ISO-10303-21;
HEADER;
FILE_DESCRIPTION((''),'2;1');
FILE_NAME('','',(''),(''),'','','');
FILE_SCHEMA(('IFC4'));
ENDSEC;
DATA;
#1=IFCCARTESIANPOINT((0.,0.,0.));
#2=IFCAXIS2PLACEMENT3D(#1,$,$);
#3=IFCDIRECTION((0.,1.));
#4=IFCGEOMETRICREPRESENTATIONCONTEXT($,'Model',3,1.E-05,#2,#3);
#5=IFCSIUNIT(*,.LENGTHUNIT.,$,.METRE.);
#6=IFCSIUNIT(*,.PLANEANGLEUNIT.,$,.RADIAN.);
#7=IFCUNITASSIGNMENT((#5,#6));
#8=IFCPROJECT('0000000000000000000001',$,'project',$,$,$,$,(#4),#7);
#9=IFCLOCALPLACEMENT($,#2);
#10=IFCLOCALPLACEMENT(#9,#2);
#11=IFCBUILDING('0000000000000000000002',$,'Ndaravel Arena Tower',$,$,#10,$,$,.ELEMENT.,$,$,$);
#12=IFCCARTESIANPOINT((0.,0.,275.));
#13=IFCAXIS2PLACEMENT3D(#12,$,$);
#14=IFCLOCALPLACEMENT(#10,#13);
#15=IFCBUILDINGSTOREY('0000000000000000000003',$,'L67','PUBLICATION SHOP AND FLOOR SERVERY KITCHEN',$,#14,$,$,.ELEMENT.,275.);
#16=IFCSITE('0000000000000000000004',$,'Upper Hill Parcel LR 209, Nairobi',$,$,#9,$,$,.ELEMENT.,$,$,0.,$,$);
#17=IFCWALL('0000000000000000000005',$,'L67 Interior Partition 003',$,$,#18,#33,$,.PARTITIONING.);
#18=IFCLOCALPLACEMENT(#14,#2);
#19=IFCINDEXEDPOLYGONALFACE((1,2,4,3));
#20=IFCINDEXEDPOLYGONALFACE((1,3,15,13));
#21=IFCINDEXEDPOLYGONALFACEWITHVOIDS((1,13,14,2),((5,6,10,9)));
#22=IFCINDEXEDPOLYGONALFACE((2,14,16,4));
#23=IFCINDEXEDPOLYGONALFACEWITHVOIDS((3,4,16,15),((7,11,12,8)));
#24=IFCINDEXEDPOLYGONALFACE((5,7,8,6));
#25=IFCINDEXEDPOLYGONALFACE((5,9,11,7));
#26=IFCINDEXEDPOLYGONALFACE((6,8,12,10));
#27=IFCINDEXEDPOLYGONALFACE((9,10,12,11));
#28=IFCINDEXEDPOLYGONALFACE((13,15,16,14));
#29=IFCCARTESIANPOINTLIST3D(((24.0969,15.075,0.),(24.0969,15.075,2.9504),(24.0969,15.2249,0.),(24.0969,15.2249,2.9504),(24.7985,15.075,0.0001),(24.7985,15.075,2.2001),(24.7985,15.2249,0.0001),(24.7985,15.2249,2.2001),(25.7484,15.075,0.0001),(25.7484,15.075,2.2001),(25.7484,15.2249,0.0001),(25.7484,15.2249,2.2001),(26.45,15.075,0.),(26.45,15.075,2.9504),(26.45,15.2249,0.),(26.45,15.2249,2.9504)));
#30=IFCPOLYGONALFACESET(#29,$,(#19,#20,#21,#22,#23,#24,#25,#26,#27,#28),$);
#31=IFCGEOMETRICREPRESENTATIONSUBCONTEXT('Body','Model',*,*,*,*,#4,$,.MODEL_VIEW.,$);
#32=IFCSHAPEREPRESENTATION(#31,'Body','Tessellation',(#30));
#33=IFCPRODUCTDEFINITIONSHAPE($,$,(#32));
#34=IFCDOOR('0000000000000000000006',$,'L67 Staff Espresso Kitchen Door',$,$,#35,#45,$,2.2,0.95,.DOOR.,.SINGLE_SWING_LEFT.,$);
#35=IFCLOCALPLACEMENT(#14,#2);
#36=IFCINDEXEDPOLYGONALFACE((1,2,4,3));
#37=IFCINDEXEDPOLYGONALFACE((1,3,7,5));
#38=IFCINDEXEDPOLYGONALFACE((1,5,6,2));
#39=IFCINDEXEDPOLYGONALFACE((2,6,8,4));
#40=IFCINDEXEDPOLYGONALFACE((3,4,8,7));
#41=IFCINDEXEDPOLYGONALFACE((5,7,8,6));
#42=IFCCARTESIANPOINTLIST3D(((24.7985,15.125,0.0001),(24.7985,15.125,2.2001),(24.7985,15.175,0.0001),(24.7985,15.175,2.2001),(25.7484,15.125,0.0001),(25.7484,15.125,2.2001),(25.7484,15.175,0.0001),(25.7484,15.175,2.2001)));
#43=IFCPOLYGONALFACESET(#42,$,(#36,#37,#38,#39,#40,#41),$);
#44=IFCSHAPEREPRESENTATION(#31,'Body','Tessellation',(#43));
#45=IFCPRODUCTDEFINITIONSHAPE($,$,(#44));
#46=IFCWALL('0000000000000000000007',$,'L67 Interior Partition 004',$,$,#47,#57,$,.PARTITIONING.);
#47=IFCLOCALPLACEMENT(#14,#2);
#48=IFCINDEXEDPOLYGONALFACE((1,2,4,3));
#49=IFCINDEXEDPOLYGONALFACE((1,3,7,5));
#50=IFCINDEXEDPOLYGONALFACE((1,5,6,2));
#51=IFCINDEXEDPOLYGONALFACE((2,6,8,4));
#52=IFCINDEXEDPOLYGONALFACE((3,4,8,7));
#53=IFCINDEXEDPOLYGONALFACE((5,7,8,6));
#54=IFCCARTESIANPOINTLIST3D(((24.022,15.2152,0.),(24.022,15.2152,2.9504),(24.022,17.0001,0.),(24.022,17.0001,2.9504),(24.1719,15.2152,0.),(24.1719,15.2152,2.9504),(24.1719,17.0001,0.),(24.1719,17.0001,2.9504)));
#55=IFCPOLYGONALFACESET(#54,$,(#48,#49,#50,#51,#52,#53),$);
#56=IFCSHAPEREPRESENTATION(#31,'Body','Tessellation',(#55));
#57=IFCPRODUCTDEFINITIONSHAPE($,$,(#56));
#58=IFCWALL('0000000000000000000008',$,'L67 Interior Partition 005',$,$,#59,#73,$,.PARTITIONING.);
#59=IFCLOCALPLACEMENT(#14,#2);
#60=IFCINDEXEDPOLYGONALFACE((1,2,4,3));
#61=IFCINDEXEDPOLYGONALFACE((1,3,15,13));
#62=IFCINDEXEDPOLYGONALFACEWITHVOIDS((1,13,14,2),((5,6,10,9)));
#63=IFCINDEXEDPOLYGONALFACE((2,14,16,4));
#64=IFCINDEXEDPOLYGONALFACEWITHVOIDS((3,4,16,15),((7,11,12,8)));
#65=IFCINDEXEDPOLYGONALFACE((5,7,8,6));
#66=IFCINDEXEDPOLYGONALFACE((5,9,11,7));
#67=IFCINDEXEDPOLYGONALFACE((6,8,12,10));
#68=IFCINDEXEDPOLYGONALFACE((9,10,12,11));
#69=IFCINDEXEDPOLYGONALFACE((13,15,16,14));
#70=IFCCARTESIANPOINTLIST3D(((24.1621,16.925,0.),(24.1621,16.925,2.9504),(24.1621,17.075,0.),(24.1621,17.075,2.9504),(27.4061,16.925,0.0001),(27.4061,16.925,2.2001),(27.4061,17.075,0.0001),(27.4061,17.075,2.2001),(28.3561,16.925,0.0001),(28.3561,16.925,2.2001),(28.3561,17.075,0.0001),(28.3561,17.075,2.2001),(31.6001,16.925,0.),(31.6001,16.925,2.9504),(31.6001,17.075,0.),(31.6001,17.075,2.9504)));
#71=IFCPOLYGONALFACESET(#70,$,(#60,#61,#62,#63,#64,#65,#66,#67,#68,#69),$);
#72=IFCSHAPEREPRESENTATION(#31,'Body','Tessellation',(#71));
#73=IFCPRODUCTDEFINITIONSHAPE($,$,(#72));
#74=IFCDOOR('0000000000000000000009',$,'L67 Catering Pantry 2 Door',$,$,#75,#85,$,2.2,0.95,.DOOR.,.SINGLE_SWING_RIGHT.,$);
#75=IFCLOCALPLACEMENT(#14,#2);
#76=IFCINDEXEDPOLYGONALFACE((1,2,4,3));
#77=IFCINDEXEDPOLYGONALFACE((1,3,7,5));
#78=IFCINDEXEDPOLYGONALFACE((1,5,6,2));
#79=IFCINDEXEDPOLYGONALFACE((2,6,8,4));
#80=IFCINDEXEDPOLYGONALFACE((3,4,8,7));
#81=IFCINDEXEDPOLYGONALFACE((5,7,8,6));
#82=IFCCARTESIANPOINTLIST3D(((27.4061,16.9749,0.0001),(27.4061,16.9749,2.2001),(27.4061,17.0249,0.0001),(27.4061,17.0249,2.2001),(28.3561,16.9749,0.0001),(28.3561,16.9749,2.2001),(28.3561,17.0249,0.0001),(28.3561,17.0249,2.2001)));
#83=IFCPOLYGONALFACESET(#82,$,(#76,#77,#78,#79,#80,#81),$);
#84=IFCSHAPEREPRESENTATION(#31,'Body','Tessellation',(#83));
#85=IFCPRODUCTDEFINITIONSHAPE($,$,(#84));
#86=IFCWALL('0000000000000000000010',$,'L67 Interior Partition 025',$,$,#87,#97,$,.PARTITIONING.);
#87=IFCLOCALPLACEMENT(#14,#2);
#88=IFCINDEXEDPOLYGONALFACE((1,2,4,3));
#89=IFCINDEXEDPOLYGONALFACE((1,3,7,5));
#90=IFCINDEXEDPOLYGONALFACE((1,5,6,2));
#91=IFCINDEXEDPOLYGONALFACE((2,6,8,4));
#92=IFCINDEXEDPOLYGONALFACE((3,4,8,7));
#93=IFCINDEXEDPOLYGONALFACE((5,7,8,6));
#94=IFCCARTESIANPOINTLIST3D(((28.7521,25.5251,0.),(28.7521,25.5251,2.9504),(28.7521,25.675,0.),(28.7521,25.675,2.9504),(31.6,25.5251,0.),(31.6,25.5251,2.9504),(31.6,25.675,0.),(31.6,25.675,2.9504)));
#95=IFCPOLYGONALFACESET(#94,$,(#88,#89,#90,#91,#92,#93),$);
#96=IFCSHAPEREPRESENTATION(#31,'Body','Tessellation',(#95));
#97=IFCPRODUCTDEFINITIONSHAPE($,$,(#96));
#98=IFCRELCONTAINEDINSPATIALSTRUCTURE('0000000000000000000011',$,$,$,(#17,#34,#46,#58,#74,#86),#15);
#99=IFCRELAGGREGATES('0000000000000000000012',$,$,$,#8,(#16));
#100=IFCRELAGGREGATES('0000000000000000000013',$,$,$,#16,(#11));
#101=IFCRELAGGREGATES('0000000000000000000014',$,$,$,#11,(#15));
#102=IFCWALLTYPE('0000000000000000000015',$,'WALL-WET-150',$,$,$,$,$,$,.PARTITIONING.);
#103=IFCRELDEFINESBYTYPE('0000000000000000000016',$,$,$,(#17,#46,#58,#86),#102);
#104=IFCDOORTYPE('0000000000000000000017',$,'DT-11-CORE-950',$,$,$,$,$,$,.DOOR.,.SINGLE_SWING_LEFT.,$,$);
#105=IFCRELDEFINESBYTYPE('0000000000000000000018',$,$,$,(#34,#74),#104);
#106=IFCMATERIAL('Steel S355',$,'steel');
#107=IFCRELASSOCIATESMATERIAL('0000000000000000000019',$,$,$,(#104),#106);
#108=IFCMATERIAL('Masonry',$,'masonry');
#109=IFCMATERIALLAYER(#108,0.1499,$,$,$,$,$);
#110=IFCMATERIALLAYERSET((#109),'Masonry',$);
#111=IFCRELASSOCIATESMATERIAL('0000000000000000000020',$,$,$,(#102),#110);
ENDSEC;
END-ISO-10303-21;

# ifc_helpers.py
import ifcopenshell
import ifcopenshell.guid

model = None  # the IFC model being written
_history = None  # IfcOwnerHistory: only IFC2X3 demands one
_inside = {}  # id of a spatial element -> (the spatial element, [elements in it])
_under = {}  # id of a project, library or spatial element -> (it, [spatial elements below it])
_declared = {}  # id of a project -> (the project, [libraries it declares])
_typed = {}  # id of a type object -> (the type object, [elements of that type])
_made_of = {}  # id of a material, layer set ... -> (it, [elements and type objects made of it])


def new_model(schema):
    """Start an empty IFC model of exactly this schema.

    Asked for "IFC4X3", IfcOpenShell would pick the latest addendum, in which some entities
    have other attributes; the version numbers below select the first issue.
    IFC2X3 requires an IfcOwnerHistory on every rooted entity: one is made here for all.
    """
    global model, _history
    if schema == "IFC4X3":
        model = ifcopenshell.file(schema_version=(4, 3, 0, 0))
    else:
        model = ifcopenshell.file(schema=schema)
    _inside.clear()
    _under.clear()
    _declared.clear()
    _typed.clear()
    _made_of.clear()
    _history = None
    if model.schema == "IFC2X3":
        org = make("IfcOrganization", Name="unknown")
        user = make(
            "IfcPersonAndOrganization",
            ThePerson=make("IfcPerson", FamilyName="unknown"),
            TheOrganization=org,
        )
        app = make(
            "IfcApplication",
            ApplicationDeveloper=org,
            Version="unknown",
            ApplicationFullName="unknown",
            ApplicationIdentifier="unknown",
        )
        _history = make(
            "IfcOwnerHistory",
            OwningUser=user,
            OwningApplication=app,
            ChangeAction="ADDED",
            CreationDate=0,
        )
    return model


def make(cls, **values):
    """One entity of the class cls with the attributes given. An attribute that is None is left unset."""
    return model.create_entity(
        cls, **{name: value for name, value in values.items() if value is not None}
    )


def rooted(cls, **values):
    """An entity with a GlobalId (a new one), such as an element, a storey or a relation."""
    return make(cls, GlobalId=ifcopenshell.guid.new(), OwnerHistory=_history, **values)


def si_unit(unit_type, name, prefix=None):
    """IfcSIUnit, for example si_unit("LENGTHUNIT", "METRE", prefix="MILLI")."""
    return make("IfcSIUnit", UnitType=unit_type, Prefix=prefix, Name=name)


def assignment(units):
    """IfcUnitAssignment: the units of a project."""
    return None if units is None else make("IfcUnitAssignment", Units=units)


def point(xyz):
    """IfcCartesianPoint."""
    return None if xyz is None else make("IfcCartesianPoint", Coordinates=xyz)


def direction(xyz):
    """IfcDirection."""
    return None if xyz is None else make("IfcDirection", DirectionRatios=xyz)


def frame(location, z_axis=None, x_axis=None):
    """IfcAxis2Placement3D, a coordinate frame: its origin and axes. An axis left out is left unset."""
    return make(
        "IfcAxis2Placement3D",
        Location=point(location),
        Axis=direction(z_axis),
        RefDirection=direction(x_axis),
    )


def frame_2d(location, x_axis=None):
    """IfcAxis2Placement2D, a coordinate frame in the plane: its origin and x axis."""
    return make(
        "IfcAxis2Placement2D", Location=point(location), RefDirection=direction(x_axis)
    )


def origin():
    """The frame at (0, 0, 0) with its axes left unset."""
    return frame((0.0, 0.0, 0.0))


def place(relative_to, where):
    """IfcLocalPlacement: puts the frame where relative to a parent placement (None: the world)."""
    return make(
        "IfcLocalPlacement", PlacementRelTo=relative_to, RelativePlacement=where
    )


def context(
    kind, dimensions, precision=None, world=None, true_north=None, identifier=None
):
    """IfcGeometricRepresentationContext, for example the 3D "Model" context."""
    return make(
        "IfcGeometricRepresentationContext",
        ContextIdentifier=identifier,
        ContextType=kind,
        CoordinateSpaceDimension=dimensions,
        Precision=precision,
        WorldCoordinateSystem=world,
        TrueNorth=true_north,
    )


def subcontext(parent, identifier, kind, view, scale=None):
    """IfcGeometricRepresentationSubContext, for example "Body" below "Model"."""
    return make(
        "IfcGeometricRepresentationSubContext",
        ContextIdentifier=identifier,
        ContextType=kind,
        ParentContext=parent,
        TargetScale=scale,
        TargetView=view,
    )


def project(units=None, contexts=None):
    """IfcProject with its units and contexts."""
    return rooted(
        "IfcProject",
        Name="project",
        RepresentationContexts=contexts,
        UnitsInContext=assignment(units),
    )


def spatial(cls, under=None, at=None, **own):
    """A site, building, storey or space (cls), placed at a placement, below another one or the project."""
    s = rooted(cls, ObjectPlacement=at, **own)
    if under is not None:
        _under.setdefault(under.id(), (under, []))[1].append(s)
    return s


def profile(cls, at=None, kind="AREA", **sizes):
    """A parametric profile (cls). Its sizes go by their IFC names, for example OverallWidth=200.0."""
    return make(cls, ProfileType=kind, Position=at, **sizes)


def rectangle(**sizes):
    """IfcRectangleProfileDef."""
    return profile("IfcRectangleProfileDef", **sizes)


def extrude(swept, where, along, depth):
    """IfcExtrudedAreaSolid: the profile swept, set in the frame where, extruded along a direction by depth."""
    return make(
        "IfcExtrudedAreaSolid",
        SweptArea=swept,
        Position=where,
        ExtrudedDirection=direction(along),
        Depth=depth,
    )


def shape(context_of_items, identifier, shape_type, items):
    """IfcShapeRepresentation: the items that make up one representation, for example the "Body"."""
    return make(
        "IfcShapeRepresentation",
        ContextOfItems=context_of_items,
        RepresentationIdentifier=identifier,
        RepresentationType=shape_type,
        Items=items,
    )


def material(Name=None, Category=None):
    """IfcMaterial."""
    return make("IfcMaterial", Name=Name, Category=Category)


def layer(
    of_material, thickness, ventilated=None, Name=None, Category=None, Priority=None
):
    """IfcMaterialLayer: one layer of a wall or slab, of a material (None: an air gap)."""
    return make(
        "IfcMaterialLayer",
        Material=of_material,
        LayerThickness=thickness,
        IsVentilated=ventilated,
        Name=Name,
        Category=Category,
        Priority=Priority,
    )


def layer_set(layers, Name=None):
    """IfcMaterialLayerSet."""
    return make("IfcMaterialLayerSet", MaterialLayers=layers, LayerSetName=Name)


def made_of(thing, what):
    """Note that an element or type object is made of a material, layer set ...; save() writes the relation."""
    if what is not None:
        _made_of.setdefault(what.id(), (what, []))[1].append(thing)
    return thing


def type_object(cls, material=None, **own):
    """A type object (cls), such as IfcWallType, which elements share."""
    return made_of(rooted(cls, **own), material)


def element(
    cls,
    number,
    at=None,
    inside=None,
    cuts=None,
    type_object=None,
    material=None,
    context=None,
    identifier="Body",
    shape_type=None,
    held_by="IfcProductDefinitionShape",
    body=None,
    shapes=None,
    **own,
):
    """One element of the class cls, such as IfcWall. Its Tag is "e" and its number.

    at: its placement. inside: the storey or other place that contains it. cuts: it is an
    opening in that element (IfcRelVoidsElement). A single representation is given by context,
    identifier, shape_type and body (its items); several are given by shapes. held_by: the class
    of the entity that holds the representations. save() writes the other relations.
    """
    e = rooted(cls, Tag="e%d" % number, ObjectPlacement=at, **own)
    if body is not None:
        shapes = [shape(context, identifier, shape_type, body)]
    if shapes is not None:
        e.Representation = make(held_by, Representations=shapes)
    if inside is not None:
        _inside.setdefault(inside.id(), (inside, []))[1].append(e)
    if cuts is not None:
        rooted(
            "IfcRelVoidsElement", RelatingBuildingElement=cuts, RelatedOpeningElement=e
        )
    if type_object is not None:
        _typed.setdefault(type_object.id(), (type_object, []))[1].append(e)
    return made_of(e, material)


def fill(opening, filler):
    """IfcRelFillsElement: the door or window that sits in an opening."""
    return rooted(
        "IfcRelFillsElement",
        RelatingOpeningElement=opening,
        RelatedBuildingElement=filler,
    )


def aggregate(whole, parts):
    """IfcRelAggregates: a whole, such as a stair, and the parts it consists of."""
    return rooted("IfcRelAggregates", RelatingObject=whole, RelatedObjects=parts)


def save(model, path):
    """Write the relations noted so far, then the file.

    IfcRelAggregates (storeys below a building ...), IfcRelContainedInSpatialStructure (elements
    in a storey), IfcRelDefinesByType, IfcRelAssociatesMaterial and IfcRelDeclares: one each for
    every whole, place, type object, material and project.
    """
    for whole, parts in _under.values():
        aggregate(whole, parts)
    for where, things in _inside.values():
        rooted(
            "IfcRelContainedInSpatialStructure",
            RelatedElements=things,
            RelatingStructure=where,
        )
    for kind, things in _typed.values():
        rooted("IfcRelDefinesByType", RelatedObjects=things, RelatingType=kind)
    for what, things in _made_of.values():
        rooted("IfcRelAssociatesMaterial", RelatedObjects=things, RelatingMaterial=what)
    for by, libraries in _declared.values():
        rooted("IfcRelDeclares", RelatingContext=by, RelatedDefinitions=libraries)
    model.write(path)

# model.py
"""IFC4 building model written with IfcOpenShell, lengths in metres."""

from ifc_helpers import new_model, si_unit, direction, frame, frame_2d, origin, place, context, subcontext, project, spatial, rectangle, extrude, material, layer, layer_set, type_object, element, fill, save


model = new_model("IFC4")

# Units and contexts
model_context = context("Model", 3, precision=1e-05, world=origin(), true_north=direction((0.0, 1.0)))
body_context = subcontext(model_context, "Body", "Model", "MODEL_VIEW")
ifc_project = project(units=[si_unit("LENGTHUNIT", "METRE"), si_unit("PLANEANGLEUNIT", "RADIAN")], contexts=[model_context])

# Site, building, storey
site_placement = place(None, origin())
site = spatial("IfcSite", under=ifc_project, at=site_placement, Name="Upper Hill Parcel LR 209, Nairobi", CompositionType="ELEMENT", RefElevation=0.0)
building_placement = place(site_placement, origin())
building = spatial("IfcBuilding", under=site, at=building_placement, Name="Ndaravel Arena Tower", CompositionType="ELEMENT")
storey_placement = place(building_placement, frame((0.0, 0.0, 275.0)))
storey = spatial("IfcBuildingStorey", under=building, at=storey_placement, Name="L67", Description="PUBLICATION SHOP AND FLOOR SERVERY KITCHEN", CompositionType="ELEMENT", Elevation=275.0)

# Shared definitions
ifc_material_1 = material(Name="Steel S355", Category="steel")
door_type_1 = type_object("IfcDoorType", Name="DT-11-CORE-950", OperationType="SINGLE_SWING_LEFT", PredefinedType="DOOR", material=ifc_material_1)

# Wall, opening, door
ifc_material_2 = material(Name="Masonry", Category="masonry")
ifc_layer_1 = layer(ifc_material_2, 0.1499)
ifc_layer_set_1 = layer_set([ifc_layer_1], Name="Masonry")
wall_type_1 = type_object("IfcWallType", Name="WALL-WET-150", PredefinedType="PARTITIONING", material=ifc_layer_set_1)
wall_1_placement = place(storey_placement, frame((26.45, 15.1499, 0.0), z_axis=(0.0, 0.0, 1.0), x_axis=(-1.0, 0.0, 0.0)))
wall_1 = element("IfcWall", 1, at=wall_1_placement, inside=storey, type_object=wall_type_1, Name="L67 Interior Partition 003", PredefinedType="PARTITIONING", context=body_context, shape_type="SweptSolid", body=[
    extrude(rectangle(XDim=2.353, YDim=0.1499, at=frame_2d((1.1765, 0.0))), origin(), (0.0, 0.0, 1.0), 2.9504),
])
opening_1_placement = place(wall_1_placement, frame((0.7014, 0.0, 0.0)))
opening_1 = element("IfcOpeningElement", 2, at=opening_1_placement, cuts=wall_1, PredefinedType="OPENING", context=body_context, shape_type="SweptSolid", body=[
    extrude(rectangle(XDim=0.95, YDim=2.2, at=frame_2d((0.4751, 1.1001))), frame((0.0, 0.075, 0.0), z_axis=(0.0, -1.0, 0.0), x_axis=(1.0, 0.0, 0.0)), (0.0, 0.0, 1.0), 0.1499),
])
door_1_placement = place(opening_1_placement, origin())
door_1 = element("IfcDoor", 3, at=door_1_placement, inside=storey, type_object=door_type_1, Name="L67 Staff Espresso Kitchen Door", OperationType="SINGLE_SWING_LEFT", OverallHeight=2.2, OverallWidth=0.95, PredefinedType="DOOR", context=body_context, shape_type="SweptSolid", body=[
    extrude(rectangle(XDim=0.95, YDim=2.2, at=frame_2d((0.4751, 1.1001))), frame((0.0, 0.0249, 0.0), z_axis=(0.0, -1.0, 0.0), x_axis=(1.0, 0.0, 0.0)), (0.0, 0.0, 1.0), 0.05),
])
fill(opening_1, door_1)

# Wall
wall_2_placement = place(storey_placement, frame((24.0969, 15.2151, 0.0), z_axis=(0.0, 0.0, 1.0), x_axis=(0.0, 1.0, 0.0)))
element("IfcWall", 4, at=wall_2_placement, inside=storey, type_object=wall_type_1, Name="L67 Interior Partition 004", PredefinedType="PARTITIONING", context=body_context, shape_type="SweptSolid", body=[
    extrude(rectangle(XDim=1.7849, YDim=0.1499, at=frame_2d((0.8926, 0.0))), origin(), (0.0, 0.0, 1.0), 2.9504),
])

# Wall, opening, door
wall_3_placement = place(storey_placement, frame((24.1621, 17.0, 0.0), z_axis=(0.0, 0.0, 1.0), x_axis=(1.0, 0.0, 0.0)))
wall_3 = element("IfcWall", 5, at=wall_3_placement, inside=storey, type_object=wall_type_1, Name="L67 Interior Partition 005", PredefinedType="PARTITIONING", context=body_context, shape_type="SweptSolid", body=[
    extrude(rectangle(XDim=7.438, YDim=0.1499, at=frame_2d((3.719, 0.0))), origin(), (0.0, 0.0, 1.0), 2.9504),
])
opening_2_placement = place(wall_3_placement, frame((3.2439, 0.0, 0.0)))
opening_2 = element("IfcOpeningElement", 6, at=opening_2_placement, cuts=wall_3, PredefinedType="OPENING", context=body_context, shape_type="SweptSolid", body=[
    extrude(rectangle(XDim=0.95, YDim=2.2, at=frame_2d((0.4751, 1.1001))), frame((0.0, 0.075, 0.0), z_axis=(0.0, -1.0, 0.0), x_axis=(1.0, 0.0, 0.0)), (0.0, 0.0, 1.0), 0.1499),
])
door_2_placement = place(opening_2_placement, origin())
door_2 = element("IfcDoor", 7, at=door_2_placement, inside=storey, type_object=door_type_1, Name="L67 Catering Pantry 2 Door", OperationType="SINGLE_SWING_RIGHT", OverallHeight=2.2, OverallWidth=0.95, PredefinedType="DOOR", context=body_context, shape_type="SweptSolid", body=[
    extrude(rectangle(XDim=0.95, YDim=2.2, at=frame_2d((0.4751, 1.1001))), frame((0.0, 0.0249, 0.0), z_axis=(0.0, -1.0, 0.0), x_axis=(1.0, 0.0, 0.0)), (0.0, 0.0, 1.0), 0.05),
])
fill(opening_2, door_2)

# Wall
wall_4_placement = place(storey_placement, frame((28.7522, 25.6001, 0.0), z_axis=(0.0, 0.0, 1.0), x_axis=(1.0, 0.0, 0.0)))
element("IfcWall", 8, at=wall_4_placement, inside=storey, type_object=wall_type_1, Name="L67 Interior Partition 025", PredefinedType="PARTITIONING", context=body_context, shape_type="SweptSolid", body=[
    extrude(rectangle(XDim=2.8479, YDim=0.1499, at=frame_2d((1.4238, 0.0))), origin(), (0.0, 0.0, 1.0), 2.9504),
])

save(model, "model.ifc")
